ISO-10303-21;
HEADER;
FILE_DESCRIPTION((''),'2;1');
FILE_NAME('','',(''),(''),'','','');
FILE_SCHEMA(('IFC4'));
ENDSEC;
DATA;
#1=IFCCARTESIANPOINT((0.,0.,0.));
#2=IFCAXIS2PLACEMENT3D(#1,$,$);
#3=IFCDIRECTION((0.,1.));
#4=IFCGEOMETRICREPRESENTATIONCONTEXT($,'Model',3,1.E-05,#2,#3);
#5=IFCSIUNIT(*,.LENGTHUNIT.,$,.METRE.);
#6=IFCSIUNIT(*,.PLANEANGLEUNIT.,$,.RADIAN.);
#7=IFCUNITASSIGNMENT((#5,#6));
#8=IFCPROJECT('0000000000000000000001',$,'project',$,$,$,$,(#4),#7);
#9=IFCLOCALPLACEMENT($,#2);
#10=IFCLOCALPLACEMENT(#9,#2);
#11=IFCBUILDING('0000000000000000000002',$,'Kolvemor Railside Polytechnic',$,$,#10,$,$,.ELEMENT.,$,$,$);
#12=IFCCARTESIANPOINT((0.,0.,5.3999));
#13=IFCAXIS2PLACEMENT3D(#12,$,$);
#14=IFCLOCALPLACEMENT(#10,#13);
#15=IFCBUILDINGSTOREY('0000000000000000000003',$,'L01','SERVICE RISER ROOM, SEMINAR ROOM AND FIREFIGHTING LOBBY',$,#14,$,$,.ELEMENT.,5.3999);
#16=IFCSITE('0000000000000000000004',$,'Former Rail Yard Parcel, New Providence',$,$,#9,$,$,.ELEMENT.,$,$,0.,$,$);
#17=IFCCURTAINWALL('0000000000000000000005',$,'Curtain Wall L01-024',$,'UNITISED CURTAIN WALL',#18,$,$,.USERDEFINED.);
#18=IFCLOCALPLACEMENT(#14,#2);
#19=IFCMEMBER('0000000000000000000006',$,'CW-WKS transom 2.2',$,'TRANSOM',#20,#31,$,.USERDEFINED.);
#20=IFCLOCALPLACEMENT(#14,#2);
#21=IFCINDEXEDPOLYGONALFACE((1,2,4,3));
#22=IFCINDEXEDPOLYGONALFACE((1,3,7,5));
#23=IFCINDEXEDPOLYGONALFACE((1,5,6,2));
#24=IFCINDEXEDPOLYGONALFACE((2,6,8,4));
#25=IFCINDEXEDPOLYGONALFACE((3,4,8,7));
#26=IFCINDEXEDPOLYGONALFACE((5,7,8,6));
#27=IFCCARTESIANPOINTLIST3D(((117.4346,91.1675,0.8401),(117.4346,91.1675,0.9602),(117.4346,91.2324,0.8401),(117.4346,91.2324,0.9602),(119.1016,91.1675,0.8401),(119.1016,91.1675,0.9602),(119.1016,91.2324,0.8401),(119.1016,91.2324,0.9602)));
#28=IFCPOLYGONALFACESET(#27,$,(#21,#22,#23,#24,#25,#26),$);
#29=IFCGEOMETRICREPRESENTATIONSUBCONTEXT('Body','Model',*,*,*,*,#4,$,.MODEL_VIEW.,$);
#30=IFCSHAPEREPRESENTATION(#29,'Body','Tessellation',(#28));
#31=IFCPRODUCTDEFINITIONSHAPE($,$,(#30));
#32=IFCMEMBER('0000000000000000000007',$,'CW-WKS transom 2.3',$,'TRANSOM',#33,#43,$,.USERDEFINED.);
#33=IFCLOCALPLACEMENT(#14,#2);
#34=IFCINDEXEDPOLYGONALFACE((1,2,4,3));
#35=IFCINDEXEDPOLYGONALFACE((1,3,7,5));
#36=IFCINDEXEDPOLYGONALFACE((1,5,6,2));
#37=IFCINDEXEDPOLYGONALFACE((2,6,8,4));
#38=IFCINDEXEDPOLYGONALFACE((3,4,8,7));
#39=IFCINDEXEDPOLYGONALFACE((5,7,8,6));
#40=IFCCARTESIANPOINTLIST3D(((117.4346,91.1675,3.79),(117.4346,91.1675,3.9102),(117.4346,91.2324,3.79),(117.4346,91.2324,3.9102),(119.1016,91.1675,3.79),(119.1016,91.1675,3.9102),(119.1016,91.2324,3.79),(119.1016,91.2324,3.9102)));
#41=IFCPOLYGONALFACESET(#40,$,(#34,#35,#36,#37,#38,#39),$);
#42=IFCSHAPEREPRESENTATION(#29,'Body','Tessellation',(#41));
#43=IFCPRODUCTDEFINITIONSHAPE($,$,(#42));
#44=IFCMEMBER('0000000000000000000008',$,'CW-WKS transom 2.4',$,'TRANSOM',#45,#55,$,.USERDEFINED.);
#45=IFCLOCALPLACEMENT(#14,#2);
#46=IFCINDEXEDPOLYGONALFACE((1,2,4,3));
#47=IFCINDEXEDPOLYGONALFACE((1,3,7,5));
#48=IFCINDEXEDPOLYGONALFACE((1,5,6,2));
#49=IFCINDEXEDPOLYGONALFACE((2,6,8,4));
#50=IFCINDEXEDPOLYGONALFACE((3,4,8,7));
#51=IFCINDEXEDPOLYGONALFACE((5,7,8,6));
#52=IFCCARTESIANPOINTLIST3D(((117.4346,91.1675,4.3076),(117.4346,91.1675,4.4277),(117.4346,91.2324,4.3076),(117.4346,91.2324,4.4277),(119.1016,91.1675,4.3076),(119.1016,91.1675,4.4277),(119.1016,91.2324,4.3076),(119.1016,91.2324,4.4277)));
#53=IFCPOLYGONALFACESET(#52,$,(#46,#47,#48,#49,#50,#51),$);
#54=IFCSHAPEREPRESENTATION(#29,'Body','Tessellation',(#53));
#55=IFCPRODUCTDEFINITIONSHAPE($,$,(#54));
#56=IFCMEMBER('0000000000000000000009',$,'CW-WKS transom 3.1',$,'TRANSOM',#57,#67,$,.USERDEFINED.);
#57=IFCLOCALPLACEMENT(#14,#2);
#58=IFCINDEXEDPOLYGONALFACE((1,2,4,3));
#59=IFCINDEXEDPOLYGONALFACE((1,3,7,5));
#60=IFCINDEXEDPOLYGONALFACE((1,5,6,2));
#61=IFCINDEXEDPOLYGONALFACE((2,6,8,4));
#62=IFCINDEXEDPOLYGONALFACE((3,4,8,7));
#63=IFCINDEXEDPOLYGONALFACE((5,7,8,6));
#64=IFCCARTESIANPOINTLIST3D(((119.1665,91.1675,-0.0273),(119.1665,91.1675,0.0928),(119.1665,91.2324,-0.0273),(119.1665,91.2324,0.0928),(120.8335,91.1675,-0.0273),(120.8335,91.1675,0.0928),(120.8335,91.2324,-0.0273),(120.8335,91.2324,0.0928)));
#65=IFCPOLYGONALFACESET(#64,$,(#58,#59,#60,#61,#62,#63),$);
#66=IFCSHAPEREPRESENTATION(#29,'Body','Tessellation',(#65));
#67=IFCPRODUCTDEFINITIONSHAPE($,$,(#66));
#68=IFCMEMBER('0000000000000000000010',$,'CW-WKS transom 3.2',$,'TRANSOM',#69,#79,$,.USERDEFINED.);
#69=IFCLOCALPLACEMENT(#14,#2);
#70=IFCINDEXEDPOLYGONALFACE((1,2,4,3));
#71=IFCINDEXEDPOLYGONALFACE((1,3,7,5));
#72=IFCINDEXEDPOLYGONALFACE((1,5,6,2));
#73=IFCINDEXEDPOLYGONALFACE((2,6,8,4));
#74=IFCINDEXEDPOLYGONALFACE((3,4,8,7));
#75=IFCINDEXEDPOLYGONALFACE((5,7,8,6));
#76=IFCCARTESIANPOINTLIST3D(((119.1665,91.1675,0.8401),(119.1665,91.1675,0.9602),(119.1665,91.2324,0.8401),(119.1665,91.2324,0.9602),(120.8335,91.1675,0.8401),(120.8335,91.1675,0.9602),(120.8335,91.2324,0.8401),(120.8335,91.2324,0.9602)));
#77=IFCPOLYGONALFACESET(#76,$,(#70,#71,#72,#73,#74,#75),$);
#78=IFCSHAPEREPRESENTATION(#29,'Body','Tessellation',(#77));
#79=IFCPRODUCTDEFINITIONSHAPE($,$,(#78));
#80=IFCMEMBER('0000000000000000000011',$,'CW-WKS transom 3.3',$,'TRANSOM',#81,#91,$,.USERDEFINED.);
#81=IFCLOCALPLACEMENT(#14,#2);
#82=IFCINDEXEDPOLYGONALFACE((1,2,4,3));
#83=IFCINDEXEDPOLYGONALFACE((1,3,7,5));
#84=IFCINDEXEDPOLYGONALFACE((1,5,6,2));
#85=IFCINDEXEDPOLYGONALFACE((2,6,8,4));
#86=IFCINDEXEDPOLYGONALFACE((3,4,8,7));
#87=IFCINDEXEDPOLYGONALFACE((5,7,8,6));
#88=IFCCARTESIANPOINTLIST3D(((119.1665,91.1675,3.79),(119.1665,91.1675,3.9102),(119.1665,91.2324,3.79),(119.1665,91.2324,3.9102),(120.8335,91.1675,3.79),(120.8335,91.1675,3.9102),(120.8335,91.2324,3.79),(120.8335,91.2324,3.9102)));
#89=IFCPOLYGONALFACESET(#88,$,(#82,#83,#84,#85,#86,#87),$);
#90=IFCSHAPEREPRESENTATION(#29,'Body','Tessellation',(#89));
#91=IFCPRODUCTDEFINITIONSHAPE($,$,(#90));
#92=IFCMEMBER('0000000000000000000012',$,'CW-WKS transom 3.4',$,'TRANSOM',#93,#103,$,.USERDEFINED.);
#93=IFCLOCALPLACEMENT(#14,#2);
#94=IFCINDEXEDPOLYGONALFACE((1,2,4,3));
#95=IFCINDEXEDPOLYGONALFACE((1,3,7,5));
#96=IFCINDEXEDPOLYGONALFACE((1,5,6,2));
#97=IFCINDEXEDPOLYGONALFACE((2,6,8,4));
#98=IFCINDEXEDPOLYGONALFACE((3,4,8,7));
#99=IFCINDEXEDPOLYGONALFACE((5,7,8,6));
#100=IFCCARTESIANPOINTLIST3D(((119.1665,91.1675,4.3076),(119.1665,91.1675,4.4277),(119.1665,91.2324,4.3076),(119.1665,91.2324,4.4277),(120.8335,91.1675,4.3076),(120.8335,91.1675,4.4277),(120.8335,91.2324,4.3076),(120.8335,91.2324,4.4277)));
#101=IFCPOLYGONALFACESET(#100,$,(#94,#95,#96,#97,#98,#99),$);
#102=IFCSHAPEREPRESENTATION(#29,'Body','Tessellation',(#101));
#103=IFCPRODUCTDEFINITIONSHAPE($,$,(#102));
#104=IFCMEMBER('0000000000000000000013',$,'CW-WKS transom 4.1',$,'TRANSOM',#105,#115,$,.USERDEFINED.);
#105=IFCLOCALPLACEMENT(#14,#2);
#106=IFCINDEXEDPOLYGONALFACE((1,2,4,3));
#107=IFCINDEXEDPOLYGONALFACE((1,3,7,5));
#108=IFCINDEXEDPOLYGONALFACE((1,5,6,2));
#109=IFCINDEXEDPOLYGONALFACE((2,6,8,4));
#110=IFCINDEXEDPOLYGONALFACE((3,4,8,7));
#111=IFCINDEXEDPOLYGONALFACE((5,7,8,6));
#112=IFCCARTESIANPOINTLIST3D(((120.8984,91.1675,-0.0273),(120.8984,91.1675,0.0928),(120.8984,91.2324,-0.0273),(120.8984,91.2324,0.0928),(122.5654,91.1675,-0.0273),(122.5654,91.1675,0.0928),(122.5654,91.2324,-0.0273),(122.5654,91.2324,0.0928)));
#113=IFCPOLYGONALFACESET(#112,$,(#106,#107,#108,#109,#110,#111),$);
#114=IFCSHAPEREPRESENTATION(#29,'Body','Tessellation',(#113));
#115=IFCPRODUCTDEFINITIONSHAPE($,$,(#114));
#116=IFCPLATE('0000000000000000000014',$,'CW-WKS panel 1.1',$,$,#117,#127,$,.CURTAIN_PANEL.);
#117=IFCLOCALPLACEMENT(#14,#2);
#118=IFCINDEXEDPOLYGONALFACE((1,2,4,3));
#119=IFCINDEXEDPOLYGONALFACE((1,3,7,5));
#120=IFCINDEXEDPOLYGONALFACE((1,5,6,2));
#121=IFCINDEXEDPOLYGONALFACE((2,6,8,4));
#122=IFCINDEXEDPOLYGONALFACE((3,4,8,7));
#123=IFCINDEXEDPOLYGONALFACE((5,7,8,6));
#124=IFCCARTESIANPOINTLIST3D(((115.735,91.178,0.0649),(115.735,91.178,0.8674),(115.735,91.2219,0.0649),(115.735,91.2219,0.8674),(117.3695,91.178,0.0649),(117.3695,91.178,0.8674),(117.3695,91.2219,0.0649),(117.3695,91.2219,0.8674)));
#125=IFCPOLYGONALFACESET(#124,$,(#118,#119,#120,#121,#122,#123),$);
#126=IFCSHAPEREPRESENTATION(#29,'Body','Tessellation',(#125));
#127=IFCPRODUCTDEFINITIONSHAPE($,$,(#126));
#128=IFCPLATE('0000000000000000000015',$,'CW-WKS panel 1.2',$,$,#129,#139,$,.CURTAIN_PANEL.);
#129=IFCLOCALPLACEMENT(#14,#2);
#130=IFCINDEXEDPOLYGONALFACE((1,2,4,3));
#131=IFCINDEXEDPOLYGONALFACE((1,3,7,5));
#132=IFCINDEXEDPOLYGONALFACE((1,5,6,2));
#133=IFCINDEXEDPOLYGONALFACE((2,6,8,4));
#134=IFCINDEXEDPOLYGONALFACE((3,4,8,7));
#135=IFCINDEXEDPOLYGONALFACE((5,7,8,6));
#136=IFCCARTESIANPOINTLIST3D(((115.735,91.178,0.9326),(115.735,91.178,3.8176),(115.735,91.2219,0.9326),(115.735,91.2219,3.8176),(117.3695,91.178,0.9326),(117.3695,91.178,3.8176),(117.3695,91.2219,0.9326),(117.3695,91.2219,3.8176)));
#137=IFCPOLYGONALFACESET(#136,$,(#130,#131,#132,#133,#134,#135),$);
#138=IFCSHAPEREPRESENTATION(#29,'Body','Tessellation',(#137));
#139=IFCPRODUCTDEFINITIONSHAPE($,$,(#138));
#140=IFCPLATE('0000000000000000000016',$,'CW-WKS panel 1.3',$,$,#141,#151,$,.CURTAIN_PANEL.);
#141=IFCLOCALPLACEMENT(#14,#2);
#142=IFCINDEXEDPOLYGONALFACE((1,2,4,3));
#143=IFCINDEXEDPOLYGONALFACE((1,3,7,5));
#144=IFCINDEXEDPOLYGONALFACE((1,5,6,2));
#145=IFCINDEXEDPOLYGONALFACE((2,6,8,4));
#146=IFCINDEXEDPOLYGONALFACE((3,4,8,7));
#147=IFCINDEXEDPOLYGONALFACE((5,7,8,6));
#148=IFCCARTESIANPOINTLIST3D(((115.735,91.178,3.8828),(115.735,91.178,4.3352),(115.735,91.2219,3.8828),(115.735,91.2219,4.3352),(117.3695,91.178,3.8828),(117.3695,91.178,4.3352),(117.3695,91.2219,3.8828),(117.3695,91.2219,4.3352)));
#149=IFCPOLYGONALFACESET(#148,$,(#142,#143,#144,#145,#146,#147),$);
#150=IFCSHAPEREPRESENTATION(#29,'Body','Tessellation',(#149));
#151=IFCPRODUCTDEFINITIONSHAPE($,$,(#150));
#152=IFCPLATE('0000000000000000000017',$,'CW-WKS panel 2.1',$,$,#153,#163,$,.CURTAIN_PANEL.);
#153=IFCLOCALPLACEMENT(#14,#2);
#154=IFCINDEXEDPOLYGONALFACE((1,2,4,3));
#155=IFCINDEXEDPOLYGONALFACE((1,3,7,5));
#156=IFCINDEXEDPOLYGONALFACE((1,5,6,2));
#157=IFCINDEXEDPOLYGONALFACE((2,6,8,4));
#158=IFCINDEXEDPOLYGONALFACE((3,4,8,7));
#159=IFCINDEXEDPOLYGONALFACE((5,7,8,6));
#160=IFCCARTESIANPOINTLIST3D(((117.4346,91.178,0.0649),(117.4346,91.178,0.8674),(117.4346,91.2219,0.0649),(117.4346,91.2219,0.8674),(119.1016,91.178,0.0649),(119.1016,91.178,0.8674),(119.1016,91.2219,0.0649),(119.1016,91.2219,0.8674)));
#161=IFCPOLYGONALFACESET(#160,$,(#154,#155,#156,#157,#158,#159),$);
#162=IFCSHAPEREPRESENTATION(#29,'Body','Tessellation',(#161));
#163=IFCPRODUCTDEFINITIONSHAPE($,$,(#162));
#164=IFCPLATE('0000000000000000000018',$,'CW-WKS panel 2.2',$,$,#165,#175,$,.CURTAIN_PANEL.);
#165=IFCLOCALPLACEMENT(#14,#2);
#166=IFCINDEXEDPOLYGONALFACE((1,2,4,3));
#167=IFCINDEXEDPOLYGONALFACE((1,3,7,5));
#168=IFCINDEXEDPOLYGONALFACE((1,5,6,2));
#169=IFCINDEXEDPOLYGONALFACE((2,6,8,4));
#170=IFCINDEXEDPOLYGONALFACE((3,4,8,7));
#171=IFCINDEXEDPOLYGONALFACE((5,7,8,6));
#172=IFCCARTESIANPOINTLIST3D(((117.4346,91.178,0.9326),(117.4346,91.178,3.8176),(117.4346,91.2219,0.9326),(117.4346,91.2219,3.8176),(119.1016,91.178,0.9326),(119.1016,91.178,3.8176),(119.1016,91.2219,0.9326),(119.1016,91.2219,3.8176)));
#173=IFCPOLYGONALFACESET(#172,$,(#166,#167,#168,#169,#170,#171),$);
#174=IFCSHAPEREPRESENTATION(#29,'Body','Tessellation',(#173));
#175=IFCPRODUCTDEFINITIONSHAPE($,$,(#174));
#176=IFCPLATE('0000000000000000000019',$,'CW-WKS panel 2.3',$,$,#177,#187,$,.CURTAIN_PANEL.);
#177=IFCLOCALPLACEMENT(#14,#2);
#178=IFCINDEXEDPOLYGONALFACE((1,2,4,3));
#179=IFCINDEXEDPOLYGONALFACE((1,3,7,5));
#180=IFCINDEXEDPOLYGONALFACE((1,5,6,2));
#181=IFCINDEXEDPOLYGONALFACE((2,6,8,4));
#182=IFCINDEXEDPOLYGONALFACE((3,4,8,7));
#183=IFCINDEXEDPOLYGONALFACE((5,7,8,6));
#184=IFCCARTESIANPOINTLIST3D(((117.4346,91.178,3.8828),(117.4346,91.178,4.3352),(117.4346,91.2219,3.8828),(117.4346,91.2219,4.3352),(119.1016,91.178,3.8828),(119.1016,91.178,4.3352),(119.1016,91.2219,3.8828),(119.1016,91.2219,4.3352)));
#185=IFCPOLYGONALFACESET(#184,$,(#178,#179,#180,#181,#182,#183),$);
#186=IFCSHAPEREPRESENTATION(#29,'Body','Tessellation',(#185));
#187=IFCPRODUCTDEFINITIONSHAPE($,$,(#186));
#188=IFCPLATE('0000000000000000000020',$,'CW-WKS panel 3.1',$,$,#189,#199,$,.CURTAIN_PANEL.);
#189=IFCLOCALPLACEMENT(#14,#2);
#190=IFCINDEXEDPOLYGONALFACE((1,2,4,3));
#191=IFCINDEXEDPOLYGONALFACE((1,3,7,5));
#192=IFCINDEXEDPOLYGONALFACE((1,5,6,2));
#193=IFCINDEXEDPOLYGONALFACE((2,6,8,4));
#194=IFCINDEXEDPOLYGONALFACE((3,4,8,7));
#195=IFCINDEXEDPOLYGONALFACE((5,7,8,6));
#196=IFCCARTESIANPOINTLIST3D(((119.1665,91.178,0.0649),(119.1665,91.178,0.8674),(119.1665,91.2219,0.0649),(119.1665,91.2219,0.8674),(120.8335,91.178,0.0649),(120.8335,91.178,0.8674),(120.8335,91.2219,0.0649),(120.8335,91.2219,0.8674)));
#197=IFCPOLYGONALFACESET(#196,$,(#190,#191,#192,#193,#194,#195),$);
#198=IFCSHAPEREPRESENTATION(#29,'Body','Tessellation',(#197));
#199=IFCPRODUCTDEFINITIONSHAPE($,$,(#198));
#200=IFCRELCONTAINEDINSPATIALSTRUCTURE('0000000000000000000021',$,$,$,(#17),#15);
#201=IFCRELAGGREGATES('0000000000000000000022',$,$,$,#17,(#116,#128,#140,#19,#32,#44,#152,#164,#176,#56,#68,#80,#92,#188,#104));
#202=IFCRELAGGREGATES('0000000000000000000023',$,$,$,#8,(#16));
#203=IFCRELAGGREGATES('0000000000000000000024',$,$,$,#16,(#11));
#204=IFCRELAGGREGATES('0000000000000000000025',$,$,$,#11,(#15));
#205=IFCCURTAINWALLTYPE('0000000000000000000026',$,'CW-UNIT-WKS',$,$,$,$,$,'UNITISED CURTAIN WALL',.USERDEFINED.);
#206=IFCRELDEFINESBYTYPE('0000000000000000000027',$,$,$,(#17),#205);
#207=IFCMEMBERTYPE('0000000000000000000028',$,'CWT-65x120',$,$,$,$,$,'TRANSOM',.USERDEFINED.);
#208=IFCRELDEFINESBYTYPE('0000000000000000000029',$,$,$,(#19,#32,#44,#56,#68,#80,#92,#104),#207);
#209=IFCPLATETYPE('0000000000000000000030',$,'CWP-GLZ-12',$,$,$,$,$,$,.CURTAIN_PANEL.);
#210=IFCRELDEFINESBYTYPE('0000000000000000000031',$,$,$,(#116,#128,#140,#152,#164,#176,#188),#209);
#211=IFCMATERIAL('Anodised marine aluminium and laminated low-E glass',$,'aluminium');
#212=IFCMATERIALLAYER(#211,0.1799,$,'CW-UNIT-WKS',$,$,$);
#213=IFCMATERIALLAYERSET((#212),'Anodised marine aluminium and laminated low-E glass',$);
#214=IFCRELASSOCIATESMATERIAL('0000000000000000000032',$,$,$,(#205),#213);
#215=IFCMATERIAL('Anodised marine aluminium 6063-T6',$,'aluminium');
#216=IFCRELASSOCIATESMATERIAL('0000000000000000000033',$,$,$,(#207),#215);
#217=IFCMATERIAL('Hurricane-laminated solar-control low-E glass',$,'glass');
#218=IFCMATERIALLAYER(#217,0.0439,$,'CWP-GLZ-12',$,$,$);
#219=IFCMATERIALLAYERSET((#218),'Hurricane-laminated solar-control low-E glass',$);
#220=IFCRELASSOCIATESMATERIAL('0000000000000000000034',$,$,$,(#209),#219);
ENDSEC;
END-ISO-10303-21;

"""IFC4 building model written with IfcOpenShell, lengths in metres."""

from ifc_helpers import new_model, si_unit, direction, frame, origin, origin_2d, place, context, subcontext, project, spatial, rectangle, extrude, material, layer, layer_set, material_profile, profile_set, type_object, element, aggregate, save


model = new_model("IFC4")

# Units and contexts
model_context = context("Model", 3, precision=1e-05, world=origin(), true_north=direction((0.0, 1.0)))
body_context = subcontext(model_context, "Body", "Model", "MODEL_VIEW")
ifc_project = project(units=[si_unit("LENGTHUNIT", "METRE"), si_unit("PLANEANGLEUNIT", "RADIAN")], contexts=[model_context])

# Site, building, storey
site_placement = place(None, origin())
site = spatial("IfcSite", under=ifc_project, at=site_placement, Name="Former Rail Yard Parcel, New Providence", CompositionType="ELEMENT", RefElevation=0.0)
building_placement = place(site_placement, origin())
building = spatial("IfcBuilding", under=site, at=building_placement, Name="Kolvemor Railside Polytechnic", CompositionType="ELEMENT")
storey_placement = place(building_placement, frame((0.0, 0.0, 5.3999)))
storey = spatial("IfcBuildingStorey", under=building, at=storey_placement, Name="L01", Description="SERVICE RISER ROOM, SEMINAR ROOM AND FIREFIGHTING LOBBY", CompositionType="ELEMENT", Elevation=5.3999)

# Curtain wall, members, plates
ifc_material_1 = material(Name="Anodised marine aluminium and laminated low-E glass", Category="aluminium")
ifc_layer_1 = layer(ifc_material_1, 0.1799, Name="CW-UNIT-WKS")
ifc_layer_set_1 = layer_set([ifc_layer_1], Name="Anodised marine aluminium and laminated low-E glass")
curtain_wall_type = type_object("IfcCurtainWallType", Name="CW-UNIT-WKS", ElementType="UNITISED CURTAIN WALL", PredefinedType="USERDEFINED", material=ifc_layer_set_1)
curtain_wall_placement = place(storey_placement, origin())
curtain_wall = element("IfcCurtainWall", 1, at=curtain_wall_placement, inside=storey, type_object=curtain_wall_type, Name="Curtain Wall L01-024", ObjectType="UNITISED CURTAIN WALL", PredefinedType="USERDEFINED")
ifc_material_2 = material(Name="Anodised marine aluminium 6063-T6", Category="aluminium")
ifc_material_profile_1 = material_profile(ifc_material_2, rectangle(XDim=0.0649, YDim=0.1201, at=origin_2d()), Name="CW-TRN-65x120")
ifc_profile_set_1 = profile_set([ifc_material_profile_1], Name="Anodised marine aluminium 6063-T6")
member_type_1 = type_object("IfcMemberType", Name="CWT-65x120", ElementType="TRANSOM", PredefinedType="USERDEFINED", material=ifc_profile_set_1)
member_1_placement = place(storey_placement, frame((117.4346, 91.2, 0.9001), z_axis=(1.0, 0.0, 0.0), x_axis=(0.0, 1.0, 0.0)))
member_1 = element("IfcMember", 2, at=member_1_placement, type_object=member_type_1, Name="CW-WKS transom 2.2", ObjectType="TRANSOM", PredefinedType="USERDEFINED", context=body_context, shape_type="SweptSolid", body=[
    extrude(rectangle(XDim=0.0649, YDim=0.1201, at=origin_2d()), origin(), (0.0, 0.0, 1.0), 1.667),
])
member_2_placement = place(storey_placement, frame((117.4346, 91.2, 3.8501), z_axis=(1.0, 0.0, 0.0), x_axis=(0.0, 1.0, 0.0)))
member_2 = element("IfcMember", 3, at=member_2_placement, type_object=member_type_1, Name="CW-WKS transom 2.3", ObjectType="TRANSOM", PredefinedType="USERDEFINED", context=body_context, shape_type="SweptSolid", body=[
    extrude(rectangle(XDim=0.0649, YDim=0.1201, at=origin_2d()), origin(), (0.0, 0.0, 1.0), 1.667),
])
member_3_placement = place(storey_placement, frame((117.4346, 91.2, 4.3677), z_axis=(1.0, 0.0, 0.0), x_axis=(0.0, 1.0, 0.0)))
member_3 = element("IfcMember", 4, at=member_3_placement, type_object=member_type_1, Name="CW-WKS transom 2.4", ObjectType="TRANSOM", PredefinedType="USERDEFINED", context=body_context, shape_type="SweptSolid", body=[
    extrude(rectangle(XDim=0.0649, YDim=0.1201, at=origin_2d()), origin(), (0.0, 0.0, 1.0), 1.667),
])
member_4_placement = place(storey_placement, frame((119.1665, 91.2, 0.0327), z_axis=(1.0, 0.0, 0.0), x_axis=(0.0, 1.0, 0.0)))
member_4 = element("IfcMember", 5, at=member_4_placement, type_object=member_type_1, Name="CW-WKS transom 3.1", ObjectType="TRANSOM", PredefinedType="USERDEFINED", context=body_context, shape_type="SweptSolid", body=[
    extrude(rectangle(XDim=0.0649, YDim=0.1201, at=origin_2d()), origin(), (0.0, 0.0, 1.0), 1.667),
])
member_5_placement = place(storey_placement, frame((119.1665, 91.2, 0.9001), z_axis=(1.0, 0.0, 0.0), x_axis=(0.0, 1.0, 0.0)))
member_5 = element("IfcMember", 6, at=member_5_placement, type_object=member_type_1, Name="CW-WKS transom 3.2", ObjectType="TRANSOM", PredefinedType="USERDEFINED", context=body_context, shape_type="SweptSolid", body=[
    extrude(rectangle(XDim=0.0649, YDim=0.1201, at=origin_2d()), origin(), (0.0, 0.0, 1.0), 1.667),
])
member_6_placement = place(storey_placement, frame((119.1665, 91.2, 3.8501), z_axis=(1.0, 0.0, 0.0), x_axis=(0.0, 1.0, 0.0)))
member_6 = element("IfcMember", 7, at=member_6_placement, type_object=member_type_1, Name="CW-WKS transom 3.3", ObjectType="TRANSOM", PredefinedType="USERDEFINED", context=body_context, shape_type="SweptSolid", body=[
    extrude(rectangle(XDim=0.0649, YDim=0.1201, at=origin_2d()), origin(), (0.0, 0.0, 1.0), 1.667),
])
member_7_placement = place(storey_placement, frame((119.1665, 91.2, 4.3677), z_axis=(1.0, 0.0, 0.0), x_axis=(0.0, 1.0, 0.0)))
member_7 = element("IfcMember", 8, at=member_7_placement, type_object=member_type_1, Name="CW-WKS transom 3.4", ObjectType="TRANSOM", PredefinedType="USERDEFINED", context=body_context, shape_type="SweptSolid", body=[
    extrude(rectangle(XDim=0.0649, YDim=0.1201, at=origin_2d()), origin(), (0.0, 0.0, 1.0), 1.667),
])
member_8_placement = place(storey_placement, frame((120.8984, 91.2, 0.0327), z_axis=(1.0, 0.0, 0.0), x_axis=(0.0, 1.0, 0.0)))
member_8 = element("IfcMember", 9, at=member_8_placement, type_object=member_type_1, Name="CW-WKS transom 4.1", ObjectType="TRANSOM", PredefinedType="USERDEFINED", context=body_context, shape_type="SweptSolid", body=[
    extrude(rectangle(XDim=0.0649, YDim=0.1201, at=origin_2d()), origin(), (0.0, 0.0, 1.0), 1.667),
])
ifc_material_3 = material(Name="Hurricane-laminated solar-control low-E glass", Category="glass")
ifc_layer_2 = layer(ifc_material_3, 0.0439, Name="CWP-GLZ-12")
ifc_layer_set_2 = layer_set([ifc_layer_2], Name="Hurricane-laminated solar-control low-E glass")
plate_type = type_object("IfcPlateType", Name="CWP-GLZ-12", PredefinedType="CURTAIN_PANEL", material=ifc_layer_set_2)
plate_1_placement = place(storey_placement, frame((116.5522, 91.2, 0.0649), z_axis=(0.0, 0.0, 1.0), x_axis=(1.0, 0.0, 0.0)))
plate_1 = element("IfcPlate", 10, at=plate_1_placement, type_object=plate_type, Name="CW-WKS panel 1.1", PredefinedType="CURTAIN_PANEL", context=body_context, shape_type="SweptSolid", body=[
    extrude(rectangle(XDim=1.6345, YDim=0.0439, at=origin_2d()), origin(), (0.0, 0.0, 1.0), 0.8025),
])
plate_2_placement = place(storey_placement, frame((116.5522, 91.2, 0.9326), z_axis=(0.0, 0.0, 1.0), x_axis=(1.0, 0.0, 0.0)))
plate_2 = element("IfcPlate", 11, at=plate_2_placement, type_object=plate_type, Name="CW-WKS panel 1.2", PredefinedType="CURTAIN_PANEL", context=body_context, shape_type="SweptSolid", body=[
    extrude(rectangle(XDim=1.6345, YDim=0.0439, at=origin_2d()), origin(), (0.0, 0.0, 1.0), 2.885),
])
plate_3_placement = place(storey_placement, frame((116.5522, 91.2, 3.8828), z_axis=(0.0, 0.0, 1.0), x_axis=(1.0, 0.0, 0.0)))
plate_3 = element("IfcPlate", 12, at=plate_3_placement, type_object=plate_type, Name="CW-WKS panel 1.3", PredefinedType="CURTAIN_PANEL", context=body_context, shape_type="SweptSolid", body=[
    extrude(rectangle(XDim=1.6345, YDim=0.0439, at=origin_2d()), origin(), (0.0, 0.0, 1.0), 0.4524),
])
plate_4_placement = place(storey_placement, frame((118.2681, 91.2, 0.0649), z_axis=(0.0, 0.0, 1.0), x_axis=(1.0, 0.0, 0.0)))
plate_4 = element("IfcPlate", 13, at=plate_4_placement, type_object=plate_type, Name="CW-WKS panel 2.1", PredefinedType="CURTAIN_PANEL", context=body_context, shape_type="SweptSolid", body=[
    extrude(rectangle(XDim=1.667, YDim=0.0439, at=origin_2d()), origin(), (0.0, 0.0, 1.0), 0.8025),
])
plate_5_placement = place(storey_placement, frame((118.2681, 91.2, 0.9326), z_axis=(0.0, 0.0, 1.0), x_axis=(1.0, 0.0, 0.0)))
plate_5 = element("IfcPlate", 14, at=plate_5_placement, type_object=plate_type, Name="CW-WKS panel 2.2", PredefinedType="CURTAIN_PANEL", context=body_context, shape_type="SweptSolid", body=[
    extrude(rectangle(XDim=1.667, YDim=0.0439, at=origin_2d()), origin(), (0.0, 0.0, 1.0), 2.885),
])
plate_6_placement = place(storey_placement, frame((118.2681, 91.2, 3.8828), z_axis=(0.0, 0.0, 1.0), x_axis=(1.0, 0.0, 0.0)))
plate_6 = element("IfcPlate", 15, at=plate_6_placement, type_object=plate_type, Name="CW-WKS panel 2.3", PredefinedType="CURTAIN_PANEL", context=body_context, shape_type="SweptSolid", body=[
    extrude(rectangle(XDim=1.667, YDim=0.0439, at=origin_2d()), origin(), (0.0, 0.0, 1.0), 0.4524),
])
plate_7_placement = place(storey_placement, frame((120.0, 91.2, 0.0649), z_axis=(0.0, 0.0, 1.0), x_axis=(1.0, 0.0, 0.0)))
plate_7 = element("IfcPlate", 16, at=plate_7_placement, type_object=plate_type, Name="CW-WKS panel 3.1", PredefinedType="CURTAIN_PANEL", context=body_context, shape_type="SweptSolid", body=[
    extrude(rectangle(XDim=1.667, YDim=0.0439, at=origin_2d()), origin(), (0.0, 0.0, 1.0), 0.8025),
])
aggregate(curtain_wall, [plate_1, plate_2, plate_3, member_1, member_2, member_3, plate_4, plate_5, plate_6, member_4, member_5, member_6, member_7, plate_7, member_8])

save(model, "model.ifc")
